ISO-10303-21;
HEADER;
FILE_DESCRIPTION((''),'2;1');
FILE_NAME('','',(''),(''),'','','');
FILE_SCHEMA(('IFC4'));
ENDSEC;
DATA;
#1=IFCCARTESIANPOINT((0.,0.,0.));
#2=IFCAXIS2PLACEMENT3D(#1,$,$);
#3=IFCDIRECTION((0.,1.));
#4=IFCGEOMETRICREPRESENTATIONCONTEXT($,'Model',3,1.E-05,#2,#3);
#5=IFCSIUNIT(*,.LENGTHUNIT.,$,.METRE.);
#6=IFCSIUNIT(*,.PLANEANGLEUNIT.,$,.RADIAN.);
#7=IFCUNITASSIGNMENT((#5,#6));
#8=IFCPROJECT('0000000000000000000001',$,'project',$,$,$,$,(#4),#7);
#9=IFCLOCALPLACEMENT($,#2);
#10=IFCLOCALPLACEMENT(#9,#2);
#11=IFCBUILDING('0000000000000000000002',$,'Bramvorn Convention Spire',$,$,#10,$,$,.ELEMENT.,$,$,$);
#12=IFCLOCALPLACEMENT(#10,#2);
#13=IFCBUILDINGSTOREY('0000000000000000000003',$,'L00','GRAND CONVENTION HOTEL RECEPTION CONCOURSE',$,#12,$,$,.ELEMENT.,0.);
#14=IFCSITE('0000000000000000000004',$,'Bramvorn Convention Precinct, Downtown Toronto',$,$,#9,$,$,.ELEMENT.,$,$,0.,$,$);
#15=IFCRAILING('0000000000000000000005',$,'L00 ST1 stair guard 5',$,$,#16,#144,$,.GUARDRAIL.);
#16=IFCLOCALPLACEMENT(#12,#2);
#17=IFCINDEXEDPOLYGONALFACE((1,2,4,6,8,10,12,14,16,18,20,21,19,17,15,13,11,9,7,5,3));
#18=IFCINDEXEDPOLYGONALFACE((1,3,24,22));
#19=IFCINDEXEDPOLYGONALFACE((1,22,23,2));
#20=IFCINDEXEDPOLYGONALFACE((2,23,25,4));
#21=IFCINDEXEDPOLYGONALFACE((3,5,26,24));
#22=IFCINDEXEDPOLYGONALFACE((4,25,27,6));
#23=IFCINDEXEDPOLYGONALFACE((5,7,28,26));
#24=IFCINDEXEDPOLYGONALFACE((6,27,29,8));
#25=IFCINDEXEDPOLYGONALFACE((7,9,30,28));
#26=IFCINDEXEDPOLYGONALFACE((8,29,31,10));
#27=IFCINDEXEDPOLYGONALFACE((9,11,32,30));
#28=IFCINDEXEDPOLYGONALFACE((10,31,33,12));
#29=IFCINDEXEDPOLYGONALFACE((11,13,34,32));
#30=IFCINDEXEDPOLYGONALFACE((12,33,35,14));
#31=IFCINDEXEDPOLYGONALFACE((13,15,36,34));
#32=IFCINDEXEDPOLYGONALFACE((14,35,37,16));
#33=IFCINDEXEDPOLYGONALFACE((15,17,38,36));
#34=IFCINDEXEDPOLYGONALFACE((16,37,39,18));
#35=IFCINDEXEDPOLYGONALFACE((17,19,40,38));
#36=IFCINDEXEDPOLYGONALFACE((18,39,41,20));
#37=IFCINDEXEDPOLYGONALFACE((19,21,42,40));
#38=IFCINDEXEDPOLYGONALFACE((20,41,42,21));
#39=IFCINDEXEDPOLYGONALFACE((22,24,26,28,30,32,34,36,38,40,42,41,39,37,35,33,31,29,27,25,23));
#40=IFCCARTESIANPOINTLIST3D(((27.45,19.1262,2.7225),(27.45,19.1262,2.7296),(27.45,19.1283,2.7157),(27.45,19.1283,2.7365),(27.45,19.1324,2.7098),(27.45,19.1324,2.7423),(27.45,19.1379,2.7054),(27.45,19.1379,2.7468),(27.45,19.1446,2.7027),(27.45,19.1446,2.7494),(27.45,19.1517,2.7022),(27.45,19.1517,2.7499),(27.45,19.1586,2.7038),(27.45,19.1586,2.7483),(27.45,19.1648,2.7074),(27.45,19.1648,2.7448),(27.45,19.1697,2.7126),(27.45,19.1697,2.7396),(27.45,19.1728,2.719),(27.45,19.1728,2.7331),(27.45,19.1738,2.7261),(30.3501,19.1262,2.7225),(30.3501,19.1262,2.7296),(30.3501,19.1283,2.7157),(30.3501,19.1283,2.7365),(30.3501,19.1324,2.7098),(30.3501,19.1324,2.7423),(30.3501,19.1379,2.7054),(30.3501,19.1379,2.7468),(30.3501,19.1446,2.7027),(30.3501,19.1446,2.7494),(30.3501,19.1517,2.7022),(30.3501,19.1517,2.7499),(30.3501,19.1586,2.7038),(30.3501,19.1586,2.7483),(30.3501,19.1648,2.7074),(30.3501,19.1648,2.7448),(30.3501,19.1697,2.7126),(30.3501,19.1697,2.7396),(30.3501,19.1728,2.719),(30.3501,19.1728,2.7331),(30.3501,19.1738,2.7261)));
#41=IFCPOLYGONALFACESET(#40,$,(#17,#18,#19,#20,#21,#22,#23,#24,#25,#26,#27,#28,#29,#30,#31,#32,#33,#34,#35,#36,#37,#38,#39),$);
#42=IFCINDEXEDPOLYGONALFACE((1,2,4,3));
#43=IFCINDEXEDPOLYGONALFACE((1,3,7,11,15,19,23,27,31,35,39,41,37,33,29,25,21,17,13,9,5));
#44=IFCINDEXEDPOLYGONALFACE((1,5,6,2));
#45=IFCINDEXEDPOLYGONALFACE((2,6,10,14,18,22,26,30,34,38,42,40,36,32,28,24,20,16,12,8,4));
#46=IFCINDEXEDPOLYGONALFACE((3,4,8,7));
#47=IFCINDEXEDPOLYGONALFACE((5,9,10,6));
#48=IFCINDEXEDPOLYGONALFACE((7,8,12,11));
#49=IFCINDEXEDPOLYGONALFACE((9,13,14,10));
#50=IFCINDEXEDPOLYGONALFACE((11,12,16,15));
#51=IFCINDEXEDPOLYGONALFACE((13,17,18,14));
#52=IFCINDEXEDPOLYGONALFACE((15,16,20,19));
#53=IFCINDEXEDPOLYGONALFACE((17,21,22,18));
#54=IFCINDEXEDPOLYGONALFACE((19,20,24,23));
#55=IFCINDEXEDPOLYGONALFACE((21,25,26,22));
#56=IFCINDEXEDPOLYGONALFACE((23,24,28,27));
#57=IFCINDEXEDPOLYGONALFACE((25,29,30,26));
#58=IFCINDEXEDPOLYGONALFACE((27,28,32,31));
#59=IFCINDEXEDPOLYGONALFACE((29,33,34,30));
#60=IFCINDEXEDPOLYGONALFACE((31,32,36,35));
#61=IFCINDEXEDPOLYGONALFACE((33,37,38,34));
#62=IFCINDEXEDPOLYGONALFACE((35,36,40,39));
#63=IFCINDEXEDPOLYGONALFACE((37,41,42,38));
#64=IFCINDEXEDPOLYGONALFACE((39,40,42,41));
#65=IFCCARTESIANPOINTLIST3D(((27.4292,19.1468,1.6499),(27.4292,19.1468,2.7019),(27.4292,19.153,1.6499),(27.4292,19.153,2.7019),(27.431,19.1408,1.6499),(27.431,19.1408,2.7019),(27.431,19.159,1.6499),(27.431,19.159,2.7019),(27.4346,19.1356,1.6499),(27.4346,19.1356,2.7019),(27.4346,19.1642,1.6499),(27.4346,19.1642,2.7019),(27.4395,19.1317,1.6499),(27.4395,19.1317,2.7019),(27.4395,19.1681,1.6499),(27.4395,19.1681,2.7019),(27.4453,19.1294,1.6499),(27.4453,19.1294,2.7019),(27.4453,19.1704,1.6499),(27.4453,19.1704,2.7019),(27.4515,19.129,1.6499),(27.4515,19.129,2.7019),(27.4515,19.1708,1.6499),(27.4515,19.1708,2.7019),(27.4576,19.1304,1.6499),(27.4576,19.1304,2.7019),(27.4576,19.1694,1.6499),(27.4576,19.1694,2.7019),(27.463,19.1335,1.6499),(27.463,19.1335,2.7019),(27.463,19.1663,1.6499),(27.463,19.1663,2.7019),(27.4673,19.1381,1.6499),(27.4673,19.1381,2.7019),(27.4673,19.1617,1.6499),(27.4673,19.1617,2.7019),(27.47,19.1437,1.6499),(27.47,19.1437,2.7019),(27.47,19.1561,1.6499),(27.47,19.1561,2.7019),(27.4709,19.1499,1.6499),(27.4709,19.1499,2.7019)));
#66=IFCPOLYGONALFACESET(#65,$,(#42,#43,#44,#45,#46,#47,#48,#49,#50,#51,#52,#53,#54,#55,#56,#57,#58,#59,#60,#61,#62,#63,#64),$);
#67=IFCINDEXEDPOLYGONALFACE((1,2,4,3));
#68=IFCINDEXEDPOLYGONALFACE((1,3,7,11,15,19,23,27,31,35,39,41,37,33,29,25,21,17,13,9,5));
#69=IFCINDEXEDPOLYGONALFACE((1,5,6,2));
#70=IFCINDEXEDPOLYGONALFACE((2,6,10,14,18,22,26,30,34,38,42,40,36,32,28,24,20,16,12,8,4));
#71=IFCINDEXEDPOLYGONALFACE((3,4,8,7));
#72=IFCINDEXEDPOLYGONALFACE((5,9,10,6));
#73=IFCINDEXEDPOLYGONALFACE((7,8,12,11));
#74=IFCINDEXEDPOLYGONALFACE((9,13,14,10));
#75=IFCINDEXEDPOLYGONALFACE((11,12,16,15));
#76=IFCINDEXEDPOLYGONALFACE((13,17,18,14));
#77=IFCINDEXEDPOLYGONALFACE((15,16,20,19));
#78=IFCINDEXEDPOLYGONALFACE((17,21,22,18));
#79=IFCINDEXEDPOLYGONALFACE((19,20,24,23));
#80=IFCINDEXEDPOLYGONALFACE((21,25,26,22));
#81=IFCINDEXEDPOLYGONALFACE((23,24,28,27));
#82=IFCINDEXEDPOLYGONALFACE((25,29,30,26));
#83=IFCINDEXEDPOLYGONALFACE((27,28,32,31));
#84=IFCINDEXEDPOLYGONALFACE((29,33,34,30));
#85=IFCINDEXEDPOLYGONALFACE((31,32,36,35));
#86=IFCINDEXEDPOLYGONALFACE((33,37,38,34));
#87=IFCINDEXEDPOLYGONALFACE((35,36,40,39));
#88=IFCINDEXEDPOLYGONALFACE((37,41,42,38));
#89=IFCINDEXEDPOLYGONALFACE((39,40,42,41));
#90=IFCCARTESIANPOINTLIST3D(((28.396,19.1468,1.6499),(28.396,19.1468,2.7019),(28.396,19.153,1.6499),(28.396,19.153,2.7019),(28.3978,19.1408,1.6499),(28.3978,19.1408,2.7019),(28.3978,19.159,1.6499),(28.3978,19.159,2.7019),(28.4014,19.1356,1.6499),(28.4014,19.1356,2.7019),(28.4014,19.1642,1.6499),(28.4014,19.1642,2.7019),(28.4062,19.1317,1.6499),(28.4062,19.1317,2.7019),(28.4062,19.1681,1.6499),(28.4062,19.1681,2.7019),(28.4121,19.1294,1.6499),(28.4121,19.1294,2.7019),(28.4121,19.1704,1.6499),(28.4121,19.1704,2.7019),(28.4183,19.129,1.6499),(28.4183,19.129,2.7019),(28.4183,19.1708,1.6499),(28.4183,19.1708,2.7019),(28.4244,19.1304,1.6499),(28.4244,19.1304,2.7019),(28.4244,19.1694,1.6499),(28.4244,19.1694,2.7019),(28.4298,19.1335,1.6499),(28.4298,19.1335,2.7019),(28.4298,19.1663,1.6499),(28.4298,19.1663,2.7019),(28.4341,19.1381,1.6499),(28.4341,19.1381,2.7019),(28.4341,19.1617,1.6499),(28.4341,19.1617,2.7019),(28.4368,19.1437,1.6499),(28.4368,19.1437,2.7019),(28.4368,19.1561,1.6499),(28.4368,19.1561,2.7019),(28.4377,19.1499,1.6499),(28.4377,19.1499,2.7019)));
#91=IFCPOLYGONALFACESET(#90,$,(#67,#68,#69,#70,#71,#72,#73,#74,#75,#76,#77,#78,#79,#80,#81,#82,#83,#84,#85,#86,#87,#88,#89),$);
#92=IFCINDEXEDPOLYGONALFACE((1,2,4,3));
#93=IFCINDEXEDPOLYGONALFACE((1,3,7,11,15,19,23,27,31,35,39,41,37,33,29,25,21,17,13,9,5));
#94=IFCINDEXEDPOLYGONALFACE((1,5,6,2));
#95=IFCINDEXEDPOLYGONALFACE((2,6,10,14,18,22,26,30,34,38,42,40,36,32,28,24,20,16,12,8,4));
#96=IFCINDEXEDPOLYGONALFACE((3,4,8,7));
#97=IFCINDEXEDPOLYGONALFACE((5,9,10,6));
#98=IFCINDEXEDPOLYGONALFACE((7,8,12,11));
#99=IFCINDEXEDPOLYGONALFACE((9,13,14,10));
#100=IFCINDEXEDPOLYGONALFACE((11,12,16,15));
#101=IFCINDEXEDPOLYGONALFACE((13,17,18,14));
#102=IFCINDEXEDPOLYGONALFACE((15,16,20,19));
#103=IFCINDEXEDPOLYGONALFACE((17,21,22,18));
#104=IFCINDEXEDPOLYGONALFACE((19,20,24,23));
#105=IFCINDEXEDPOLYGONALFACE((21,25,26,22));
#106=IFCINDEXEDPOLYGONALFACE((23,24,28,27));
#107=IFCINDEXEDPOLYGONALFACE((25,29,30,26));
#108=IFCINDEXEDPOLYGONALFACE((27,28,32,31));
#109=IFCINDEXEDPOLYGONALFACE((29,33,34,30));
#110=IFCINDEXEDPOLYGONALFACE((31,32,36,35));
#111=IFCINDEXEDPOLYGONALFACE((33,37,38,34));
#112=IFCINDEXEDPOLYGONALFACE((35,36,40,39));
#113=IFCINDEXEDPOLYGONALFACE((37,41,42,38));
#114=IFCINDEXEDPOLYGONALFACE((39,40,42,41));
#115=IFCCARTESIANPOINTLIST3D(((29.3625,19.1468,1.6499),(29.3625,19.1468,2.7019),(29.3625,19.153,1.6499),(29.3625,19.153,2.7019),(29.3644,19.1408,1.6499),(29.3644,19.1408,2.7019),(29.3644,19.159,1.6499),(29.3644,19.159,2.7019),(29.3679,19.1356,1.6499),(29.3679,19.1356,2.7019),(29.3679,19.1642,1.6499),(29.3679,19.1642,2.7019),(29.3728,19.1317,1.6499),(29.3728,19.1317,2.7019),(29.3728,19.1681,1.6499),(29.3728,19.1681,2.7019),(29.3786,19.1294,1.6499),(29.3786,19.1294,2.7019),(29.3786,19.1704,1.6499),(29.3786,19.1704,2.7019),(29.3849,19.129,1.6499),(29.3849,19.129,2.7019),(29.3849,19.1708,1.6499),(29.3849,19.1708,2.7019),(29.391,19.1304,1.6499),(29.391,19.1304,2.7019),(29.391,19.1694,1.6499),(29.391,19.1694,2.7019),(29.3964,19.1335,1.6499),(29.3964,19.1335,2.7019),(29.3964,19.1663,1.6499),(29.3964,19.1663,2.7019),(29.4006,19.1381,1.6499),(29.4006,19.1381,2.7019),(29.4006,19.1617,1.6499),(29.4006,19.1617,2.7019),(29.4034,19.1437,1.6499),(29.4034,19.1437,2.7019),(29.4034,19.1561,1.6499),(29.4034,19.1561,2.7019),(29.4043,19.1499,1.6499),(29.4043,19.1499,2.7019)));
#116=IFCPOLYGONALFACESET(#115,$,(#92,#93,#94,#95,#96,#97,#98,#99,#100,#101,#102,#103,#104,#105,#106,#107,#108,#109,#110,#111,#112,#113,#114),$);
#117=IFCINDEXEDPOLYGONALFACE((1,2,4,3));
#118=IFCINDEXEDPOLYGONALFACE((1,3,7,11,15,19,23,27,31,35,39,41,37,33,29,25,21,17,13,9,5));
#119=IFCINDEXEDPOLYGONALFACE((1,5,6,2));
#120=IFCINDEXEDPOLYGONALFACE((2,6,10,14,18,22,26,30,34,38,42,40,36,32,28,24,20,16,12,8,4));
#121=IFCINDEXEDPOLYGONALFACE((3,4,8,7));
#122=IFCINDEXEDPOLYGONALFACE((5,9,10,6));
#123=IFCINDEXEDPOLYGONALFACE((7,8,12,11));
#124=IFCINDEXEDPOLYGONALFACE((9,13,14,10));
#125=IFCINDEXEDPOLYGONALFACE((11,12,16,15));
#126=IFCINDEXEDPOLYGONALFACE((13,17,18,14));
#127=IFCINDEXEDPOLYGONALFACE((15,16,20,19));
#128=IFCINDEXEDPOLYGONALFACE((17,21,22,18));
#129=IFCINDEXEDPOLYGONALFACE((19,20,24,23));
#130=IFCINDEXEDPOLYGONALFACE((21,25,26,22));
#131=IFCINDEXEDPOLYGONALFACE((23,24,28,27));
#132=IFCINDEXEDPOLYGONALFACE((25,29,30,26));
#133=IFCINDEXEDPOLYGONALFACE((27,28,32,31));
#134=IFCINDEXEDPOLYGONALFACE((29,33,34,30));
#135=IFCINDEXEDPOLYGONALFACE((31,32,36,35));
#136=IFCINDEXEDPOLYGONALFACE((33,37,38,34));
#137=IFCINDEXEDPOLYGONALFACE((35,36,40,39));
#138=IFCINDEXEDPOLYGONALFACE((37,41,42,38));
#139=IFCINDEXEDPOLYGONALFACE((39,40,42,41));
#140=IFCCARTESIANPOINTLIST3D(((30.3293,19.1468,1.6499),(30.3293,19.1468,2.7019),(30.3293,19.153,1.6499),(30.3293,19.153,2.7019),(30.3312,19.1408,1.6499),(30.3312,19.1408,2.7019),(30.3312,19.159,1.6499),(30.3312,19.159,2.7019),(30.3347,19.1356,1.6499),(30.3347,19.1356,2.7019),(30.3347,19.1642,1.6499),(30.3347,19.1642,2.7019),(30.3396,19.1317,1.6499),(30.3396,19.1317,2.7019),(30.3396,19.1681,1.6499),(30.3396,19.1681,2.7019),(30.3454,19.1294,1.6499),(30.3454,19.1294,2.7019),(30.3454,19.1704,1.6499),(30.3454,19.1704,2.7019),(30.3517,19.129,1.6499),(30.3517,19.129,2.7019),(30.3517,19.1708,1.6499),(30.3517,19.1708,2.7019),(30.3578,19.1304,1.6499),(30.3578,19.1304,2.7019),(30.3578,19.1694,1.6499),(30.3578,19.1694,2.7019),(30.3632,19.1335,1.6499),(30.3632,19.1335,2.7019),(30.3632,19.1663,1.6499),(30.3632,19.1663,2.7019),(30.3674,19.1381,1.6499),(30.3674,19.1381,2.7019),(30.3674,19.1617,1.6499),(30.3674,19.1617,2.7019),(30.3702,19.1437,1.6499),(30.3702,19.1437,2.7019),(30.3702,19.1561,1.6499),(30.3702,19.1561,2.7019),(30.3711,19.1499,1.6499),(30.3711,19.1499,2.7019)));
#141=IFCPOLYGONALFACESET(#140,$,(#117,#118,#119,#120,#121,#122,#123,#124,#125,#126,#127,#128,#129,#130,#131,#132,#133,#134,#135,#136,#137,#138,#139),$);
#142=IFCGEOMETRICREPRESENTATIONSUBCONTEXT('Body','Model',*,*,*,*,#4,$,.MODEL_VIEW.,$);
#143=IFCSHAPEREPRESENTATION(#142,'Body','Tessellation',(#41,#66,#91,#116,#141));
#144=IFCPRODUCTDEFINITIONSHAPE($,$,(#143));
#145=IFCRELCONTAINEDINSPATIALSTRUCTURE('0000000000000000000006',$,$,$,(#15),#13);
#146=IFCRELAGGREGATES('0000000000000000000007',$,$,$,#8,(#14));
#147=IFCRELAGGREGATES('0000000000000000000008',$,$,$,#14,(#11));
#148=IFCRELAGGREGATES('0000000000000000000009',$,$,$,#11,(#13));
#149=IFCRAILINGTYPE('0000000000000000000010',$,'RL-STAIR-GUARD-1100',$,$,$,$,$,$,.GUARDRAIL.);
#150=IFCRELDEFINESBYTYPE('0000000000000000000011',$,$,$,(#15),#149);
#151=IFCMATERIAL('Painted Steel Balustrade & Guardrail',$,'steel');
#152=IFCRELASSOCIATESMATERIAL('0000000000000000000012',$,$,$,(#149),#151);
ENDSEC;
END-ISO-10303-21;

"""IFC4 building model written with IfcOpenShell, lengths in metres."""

from ifc_helpers import new_model, si_unit, direction, frame, origin, origin_2d, place, context, subcontext, project, spatial, circle, extrude, material, type_object, element, save


model = new_model("IFC4")

# Units and contexts
model_context = context("Model", 3, precision=1e-05, world=origin(), true_north=direction((0.0, 1.0)))
body_context = subcontext(model_context, "Body", "Model", "MODEL_VIEW")
ifc_project = project(units=[si_unit("LENGTHUNIT", "METRE"), si_unit("PLANEANGLEUNIT", "RADIAN")], contexts=[model_context])

# Site, building, storey
site_placement = place(None, origin())
site = spatial("IfcSite", under=ifc_project, at=site_placement, Name="Bramvorn Convention Precinct, Downtown Toronto", CompositionType="ELEMENT", RefElevation=0.0)
building_placement = place(site_placement, origin())
building = spatial("IfcBuilding", under=site, at=building_placement, Name="Bramvorn Convention Spire", CompositionType="ELEMENT")
storey_placement = place(building_placement, origin())
storey = spatial("IfcBuildingStorey", under=building, at=storey_placement, Name="L00", Description="GRAND CONVENTION HOTEL RECEPTION CONCOURSE", CompositionType="ELEMENT", Elevation=0.0)

# Railing
ifc_material_1 = material(Name="Painted Steel Balustrade & Guardrail", Category="steel")
railing_type = type_object("IfcRailingType", Name="RL-STAIR-GUARD-1100", PredefinedType="GUARDRAIL", material=ifc_material_1)
for number, where, name in (
    (1, (27.45, 19.1499, 1.6499), "L00 ST1 stair guard 5"),
):
    element("IfcRailing", number, at=place(storey_placement, frame(where)), inside=storey, type_object=railing_type, Name=name, PredefinedType="GUARDRAIL", context=body_context, shape_type="SweptSolid", body=[
        extrude(circle(Radius=0.0239, at=origin_2d()), frame((0.0, 0.0, 1.0762), z_axis=(1.0, 0.0, 0.0), x_axis=(0.0, 1.0, 0.0)), (0.0, 0.0, 1.0), 2.9001),
        extrude(circle(Radius=0.021, at=origin_2d()), origin(), (0.0, 0.0, 1.0), 1.052),
        extrude(circle(Radius=0.021, at=origin_2d()), frame((0.9668, 0.0, 0.0)), (0.0, 0.0, 1.0), 1.052),
        extrude(circle(Radius=0.021, at=origin_2d()), frame((1.9333, 0.0, 0.0)), (0.0, 0.0, 1.0), 1.052),
        extrude(circle(Radius=0.021, at=origin_2d()), frame((2.9001, 0.0, 0.0)), (0.0, 0.0, 1.0), 1.052),
    ])

save(model, "model.ifc")
